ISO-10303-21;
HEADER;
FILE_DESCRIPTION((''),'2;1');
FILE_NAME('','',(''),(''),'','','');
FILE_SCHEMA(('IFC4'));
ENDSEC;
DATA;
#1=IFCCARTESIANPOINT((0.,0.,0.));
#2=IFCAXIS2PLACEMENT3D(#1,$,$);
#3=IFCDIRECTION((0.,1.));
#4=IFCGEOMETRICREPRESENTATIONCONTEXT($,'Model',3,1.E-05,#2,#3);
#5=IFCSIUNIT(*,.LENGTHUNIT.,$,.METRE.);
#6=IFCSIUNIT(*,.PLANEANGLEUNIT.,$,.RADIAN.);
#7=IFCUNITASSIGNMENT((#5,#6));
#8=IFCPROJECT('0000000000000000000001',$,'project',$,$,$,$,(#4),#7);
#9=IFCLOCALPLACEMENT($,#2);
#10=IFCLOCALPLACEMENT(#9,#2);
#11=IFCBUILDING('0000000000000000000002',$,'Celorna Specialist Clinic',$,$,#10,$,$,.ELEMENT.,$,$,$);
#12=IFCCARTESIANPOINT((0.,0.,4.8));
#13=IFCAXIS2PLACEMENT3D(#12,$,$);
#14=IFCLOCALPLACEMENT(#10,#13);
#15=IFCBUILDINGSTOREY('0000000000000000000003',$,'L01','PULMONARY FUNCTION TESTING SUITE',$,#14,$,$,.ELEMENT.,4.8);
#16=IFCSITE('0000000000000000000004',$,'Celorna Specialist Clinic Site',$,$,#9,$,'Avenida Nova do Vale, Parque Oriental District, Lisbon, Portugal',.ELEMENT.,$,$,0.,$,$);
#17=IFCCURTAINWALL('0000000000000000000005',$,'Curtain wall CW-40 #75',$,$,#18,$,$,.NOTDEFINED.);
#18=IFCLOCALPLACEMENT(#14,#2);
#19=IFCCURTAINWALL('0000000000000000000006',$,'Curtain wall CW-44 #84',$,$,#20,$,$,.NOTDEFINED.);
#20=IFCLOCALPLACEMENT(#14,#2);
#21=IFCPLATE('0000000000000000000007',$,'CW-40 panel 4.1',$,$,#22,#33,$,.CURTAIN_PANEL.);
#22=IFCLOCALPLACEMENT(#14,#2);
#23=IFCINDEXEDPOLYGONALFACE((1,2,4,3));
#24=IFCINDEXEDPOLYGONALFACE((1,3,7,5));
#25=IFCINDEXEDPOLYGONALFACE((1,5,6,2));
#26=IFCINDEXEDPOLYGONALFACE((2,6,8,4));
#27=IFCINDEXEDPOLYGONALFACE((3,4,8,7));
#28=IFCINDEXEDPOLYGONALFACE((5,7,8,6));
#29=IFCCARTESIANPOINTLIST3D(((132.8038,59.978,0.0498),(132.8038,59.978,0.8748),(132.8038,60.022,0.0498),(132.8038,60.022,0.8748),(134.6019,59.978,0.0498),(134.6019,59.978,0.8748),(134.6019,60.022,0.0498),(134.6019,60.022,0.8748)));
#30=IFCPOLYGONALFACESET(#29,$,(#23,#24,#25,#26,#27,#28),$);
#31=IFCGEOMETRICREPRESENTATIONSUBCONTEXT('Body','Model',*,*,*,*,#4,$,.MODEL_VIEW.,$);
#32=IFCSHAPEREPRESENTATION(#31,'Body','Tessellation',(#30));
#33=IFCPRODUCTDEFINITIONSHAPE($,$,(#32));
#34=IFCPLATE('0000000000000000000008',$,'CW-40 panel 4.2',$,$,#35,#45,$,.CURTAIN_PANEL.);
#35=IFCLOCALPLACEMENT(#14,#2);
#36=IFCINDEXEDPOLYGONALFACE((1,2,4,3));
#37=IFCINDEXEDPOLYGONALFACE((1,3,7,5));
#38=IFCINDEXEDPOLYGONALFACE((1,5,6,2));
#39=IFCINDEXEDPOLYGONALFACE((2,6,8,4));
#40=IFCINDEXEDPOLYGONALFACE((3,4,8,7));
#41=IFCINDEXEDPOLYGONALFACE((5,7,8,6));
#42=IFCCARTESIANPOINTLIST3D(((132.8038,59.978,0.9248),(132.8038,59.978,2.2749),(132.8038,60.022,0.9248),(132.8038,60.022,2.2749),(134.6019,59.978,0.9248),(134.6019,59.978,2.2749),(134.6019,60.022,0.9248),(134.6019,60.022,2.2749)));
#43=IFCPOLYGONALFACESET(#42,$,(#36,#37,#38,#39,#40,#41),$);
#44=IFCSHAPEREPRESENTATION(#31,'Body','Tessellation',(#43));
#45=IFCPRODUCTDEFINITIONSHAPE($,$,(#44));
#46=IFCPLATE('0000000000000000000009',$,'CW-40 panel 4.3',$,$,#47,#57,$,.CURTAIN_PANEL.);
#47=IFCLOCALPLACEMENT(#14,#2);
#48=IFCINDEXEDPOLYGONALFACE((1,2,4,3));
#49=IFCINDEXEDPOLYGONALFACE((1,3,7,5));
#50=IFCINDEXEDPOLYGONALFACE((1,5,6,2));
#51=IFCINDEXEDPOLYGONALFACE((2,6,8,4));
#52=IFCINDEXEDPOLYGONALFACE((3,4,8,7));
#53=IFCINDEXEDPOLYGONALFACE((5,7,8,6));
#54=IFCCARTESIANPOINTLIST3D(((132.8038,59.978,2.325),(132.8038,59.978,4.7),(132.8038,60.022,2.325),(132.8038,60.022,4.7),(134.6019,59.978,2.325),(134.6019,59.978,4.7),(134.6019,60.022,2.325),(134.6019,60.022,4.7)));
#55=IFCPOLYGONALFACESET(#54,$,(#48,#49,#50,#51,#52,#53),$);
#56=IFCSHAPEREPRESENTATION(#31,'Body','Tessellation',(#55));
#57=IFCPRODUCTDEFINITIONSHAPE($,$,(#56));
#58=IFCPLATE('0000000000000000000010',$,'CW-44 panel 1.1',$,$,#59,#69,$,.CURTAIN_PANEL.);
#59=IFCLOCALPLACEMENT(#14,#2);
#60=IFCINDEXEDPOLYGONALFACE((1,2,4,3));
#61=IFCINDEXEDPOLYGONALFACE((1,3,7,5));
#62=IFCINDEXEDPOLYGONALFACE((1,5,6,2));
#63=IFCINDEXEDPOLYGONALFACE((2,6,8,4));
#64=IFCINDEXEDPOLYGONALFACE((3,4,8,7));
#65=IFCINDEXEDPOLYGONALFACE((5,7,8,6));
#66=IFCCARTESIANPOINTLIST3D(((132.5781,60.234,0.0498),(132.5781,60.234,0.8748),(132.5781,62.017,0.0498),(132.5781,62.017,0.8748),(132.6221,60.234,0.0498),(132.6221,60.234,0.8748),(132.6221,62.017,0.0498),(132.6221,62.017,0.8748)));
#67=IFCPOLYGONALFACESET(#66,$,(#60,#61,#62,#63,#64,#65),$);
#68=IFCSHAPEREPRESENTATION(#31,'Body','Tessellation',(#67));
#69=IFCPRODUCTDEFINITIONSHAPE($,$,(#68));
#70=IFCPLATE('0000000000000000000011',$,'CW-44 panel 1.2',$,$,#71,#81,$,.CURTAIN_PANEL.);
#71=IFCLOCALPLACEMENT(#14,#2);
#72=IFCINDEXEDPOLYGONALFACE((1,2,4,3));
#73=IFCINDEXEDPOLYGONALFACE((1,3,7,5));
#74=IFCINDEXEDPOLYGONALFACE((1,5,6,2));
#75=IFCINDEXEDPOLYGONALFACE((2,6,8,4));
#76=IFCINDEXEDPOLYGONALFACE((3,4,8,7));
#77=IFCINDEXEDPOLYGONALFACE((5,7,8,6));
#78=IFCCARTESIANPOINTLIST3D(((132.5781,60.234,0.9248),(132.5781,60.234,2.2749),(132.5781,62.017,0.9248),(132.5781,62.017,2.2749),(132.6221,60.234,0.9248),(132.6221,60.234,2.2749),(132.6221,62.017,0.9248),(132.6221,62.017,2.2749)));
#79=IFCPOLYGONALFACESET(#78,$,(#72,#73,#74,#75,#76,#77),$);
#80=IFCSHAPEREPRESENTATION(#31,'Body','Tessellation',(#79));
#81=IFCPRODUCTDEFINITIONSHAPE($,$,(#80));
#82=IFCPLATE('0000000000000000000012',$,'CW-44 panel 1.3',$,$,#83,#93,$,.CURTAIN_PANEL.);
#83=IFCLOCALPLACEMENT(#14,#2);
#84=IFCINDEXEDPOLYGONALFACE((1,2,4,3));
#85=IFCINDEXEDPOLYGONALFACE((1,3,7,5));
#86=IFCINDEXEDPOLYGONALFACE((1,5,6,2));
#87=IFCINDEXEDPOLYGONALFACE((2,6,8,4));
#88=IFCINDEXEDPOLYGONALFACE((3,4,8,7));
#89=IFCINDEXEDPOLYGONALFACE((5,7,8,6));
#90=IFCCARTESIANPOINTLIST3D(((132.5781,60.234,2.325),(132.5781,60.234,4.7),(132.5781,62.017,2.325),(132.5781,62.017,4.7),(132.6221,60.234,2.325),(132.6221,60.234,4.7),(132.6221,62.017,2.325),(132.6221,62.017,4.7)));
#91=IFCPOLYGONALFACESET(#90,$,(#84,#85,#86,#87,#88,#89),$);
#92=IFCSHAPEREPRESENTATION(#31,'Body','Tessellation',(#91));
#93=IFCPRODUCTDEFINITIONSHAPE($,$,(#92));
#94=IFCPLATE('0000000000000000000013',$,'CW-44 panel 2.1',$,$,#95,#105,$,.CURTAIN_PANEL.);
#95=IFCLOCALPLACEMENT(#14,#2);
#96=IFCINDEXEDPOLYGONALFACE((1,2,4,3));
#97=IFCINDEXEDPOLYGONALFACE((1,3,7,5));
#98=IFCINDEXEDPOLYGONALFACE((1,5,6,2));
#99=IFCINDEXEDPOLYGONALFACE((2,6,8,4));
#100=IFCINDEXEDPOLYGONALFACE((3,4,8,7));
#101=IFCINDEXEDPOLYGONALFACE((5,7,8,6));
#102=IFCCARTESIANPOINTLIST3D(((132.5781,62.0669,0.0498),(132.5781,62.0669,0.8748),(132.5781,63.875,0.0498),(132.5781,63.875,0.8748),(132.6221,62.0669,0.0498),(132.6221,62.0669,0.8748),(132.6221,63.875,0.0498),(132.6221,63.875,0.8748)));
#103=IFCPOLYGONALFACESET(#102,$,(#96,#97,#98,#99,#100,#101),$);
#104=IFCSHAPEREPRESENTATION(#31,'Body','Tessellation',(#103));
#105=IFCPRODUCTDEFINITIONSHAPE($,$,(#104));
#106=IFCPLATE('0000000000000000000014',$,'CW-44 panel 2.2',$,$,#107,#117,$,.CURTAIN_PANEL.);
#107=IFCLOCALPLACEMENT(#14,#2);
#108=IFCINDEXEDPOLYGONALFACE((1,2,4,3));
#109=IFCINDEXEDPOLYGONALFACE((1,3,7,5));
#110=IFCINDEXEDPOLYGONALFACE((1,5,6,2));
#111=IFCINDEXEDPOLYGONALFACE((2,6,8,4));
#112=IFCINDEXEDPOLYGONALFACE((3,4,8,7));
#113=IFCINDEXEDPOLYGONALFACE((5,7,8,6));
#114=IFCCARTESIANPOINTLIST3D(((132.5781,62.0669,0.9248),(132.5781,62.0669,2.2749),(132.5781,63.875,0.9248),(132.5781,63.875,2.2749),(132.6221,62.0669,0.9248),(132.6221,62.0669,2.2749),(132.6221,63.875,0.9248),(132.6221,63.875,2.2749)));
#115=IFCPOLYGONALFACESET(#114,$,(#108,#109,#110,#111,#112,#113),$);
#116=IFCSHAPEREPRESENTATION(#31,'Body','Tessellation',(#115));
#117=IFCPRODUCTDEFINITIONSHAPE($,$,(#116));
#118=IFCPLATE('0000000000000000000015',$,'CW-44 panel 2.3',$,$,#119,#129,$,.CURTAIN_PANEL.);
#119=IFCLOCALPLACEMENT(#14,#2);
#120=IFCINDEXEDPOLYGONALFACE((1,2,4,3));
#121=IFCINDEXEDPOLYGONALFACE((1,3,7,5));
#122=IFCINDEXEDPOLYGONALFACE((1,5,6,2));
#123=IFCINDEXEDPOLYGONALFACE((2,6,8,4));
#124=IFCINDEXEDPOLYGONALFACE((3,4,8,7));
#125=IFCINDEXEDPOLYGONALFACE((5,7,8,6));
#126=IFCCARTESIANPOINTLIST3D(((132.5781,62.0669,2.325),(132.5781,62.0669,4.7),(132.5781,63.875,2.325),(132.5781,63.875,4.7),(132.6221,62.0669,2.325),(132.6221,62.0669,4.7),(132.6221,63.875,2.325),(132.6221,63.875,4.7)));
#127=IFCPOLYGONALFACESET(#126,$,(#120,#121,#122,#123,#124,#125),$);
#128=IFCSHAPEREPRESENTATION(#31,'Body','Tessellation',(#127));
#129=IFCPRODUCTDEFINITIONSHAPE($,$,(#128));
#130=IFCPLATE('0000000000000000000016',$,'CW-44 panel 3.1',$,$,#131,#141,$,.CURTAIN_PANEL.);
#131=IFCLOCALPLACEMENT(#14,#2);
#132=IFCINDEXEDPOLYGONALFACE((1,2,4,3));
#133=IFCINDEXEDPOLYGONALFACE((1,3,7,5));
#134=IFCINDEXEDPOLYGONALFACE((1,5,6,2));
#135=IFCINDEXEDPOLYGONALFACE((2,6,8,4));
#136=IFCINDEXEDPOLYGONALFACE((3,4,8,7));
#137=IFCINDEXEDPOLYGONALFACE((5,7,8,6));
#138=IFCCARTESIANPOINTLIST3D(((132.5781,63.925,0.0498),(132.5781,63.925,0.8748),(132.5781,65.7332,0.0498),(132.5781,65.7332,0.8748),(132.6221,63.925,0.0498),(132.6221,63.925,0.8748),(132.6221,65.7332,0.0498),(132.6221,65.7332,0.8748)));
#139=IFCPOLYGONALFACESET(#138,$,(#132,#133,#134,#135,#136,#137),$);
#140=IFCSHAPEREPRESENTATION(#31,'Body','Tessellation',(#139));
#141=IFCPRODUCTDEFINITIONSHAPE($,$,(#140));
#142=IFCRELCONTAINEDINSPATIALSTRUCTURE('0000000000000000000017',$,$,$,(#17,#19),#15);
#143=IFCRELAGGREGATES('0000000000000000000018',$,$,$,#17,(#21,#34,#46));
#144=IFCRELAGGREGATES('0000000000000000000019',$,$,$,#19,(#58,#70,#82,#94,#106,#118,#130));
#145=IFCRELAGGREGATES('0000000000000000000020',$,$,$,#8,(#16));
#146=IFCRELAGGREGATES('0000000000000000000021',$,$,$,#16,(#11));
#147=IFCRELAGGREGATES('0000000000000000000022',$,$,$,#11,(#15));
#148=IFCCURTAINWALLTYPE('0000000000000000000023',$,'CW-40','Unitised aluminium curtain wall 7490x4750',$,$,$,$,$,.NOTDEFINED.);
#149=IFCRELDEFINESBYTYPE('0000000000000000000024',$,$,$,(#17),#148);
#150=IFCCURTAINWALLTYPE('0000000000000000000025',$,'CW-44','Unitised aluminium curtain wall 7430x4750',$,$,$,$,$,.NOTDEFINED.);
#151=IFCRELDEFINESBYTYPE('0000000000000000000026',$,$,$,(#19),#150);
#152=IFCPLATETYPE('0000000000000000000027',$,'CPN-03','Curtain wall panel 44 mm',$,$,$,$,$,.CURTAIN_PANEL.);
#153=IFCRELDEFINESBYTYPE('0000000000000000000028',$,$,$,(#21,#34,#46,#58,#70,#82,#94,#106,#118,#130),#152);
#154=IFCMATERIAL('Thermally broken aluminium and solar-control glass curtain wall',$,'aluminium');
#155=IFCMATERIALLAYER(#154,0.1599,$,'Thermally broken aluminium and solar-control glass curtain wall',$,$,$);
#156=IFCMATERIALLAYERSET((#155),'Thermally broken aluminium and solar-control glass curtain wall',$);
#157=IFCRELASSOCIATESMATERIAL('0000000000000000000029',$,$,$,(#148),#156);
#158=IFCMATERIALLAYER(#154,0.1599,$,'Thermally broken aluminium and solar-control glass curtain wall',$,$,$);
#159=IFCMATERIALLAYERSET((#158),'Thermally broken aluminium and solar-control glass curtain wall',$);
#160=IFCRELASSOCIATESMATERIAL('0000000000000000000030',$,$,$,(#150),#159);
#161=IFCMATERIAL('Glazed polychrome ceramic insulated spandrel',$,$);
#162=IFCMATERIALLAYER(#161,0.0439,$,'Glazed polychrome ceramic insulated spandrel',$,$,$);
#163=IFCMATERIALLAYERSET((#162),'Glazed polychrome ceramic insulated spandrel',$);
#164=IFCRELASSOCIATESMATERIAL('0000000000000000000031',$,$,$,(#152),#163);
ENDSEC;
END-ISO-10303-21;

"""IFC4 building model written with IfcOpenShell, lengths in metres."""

from ifc_helpers import new_model, si_unit, direction, frame, origin, origin_2d, place, context, subcontext, project, spatial, rectangle, extrude, material, layer, layer_set, type_object, element, aggregate, save


model = new_model("IFC4")

# Units and contexts
model_context = context("Model", 3, precision=1e-05, world=origin(), true_north=direction((0.0, 1.0)))
body_context = subcontext(model_context, "Body", "Model", "MODEL_VIEW")
ifc_project = project(units=[si_unit("LENGTHUNIT", "METRE"), si_unit("PLANEANGLEUNIT", "RADIAN")], contexts=[model_context])

# Site, building, storey
site_placement = place(None, origin())
site = spatial("IfcSite", under=ifc_project, at=site_placement, Name="Celorna Specialist Clinic Site", LongName="Avenida Nova do Vale, Parque Oriental District, Lisbon, Portugal", CompositionType="ELEMENT", RefElevation=0.0)
building_placement = place(site_placement, origin())
building = spatial("IfcBuilding", under=site, at=building_placement, Name="Celorna Specialist Clinic", CompositionType="ELEMENT")
storey_placement = place(building_placement, frame((0.0, 0.0, 4.8)))
storey = spatial("IfcBuildingStorey", under=building, at=storey_placement, Name="L01", Description="PULMONARY FUNCTION TESTING SUITE", CompositionType="ELEMENT", Elevation=4.8)

# Curtain walls
ifc_material_1 = material(Name="Thermally broken aluminium and solar-control glass curtain wall", Category="aluminium")
ifc_layer_1 = layer(ifc_material_1, 0.1599, Name="Thermally broken aluminium and solar-control glass curtain wall")
ifc_layer_set_1 = layer_set([ifc_layer_1], Name="Thermally broken aluminium and solar-control glass curtain wall")
curtain_wall_type_1 = type_object("IfcCurtainWallType", Name="CW-40", Description="Unitised aluminium curtain wall 7490x4750", PredefinedType="NOTDEFINED", material=ifc_layer_set_1)
curtain_wall_1_placement = place(storey_placement, origin())
curtain_wall_1 = element("IfcCurtainWall", 1, at=curtain_wall_1_placement, inside=storey, type_object=curtain_wall_type_1, Name="Curtain wall CW-40 #75", PredefinedType="NOTDEFINED")
ifc_layer_2 = layer(ifc_material_1, 0.1599, Name="Thermally broken aluminium and solar-control glass curtain wall")
ifc_layer_set_2 = layer_set([ifc_layer_2], Name="Thermally broken aluminium and solar-control glass curtain wall")
curtain_wall_type_2 = type_object("IfcCurtainWallType", Name="CW-44", Description="Unitised aluminium curtain wall 7430x4750", PredefinedType="NOTDEFINED", material=ifc_layer_set_2)
curtain_wall_2_placement = place(storey_placement, origin())
curtain_wall_2 = element("IfcCurtainWall", 2, at=curtain_wall_2_placement, inside=storey, type_object=curtain_wall_type_2, Name="Curtain wall CW-44 #84", PredefinedType="NOTDEFINED")

# Plates
ifc_material_2 = material(Name="Glazed polychrome ceramic insulated spandrel")
ifc_layer_3 = layer(ifc_material_2, 0.0439, Name="Glazed polychrome ceramic insulated spandrel")
ifc_layer_set_3 = layer_set([ifc_layer_3], Name="Glazed polychrome ceramic insulated spandrel")
plate_type = type_object("IfcPlateType", Name="CPN-03", Description="Curtain wall panel 44 mm", PredefinedType="CURTAIN_PANEL", material=ifc_layer_set_3)
plate_1_placement = place(storey_placement, frame((133.7029, 60.0, 0.0498), z_axis=(0.0, 0.0, 1.0), x_axis=(-1.0, 0.0, 0.0)))
plate_1 = element("IfcPlate", 3, at=plate_1_placement, type_object=plate_type, Name="CW-40 panel 4.1", PredefinedType="CURTAIN_PANEL", context=body_context, shape_type="SweptSolid", body=[
    extrude(rectangle(XDim=1.7981, YDim=0.0439, at=origin_2d()), origin(), (0.0, 0.0, 1.0), 0.825),
])
plate_2_placement = place(storey_placement, frame((133.7029, 60.0, 0.9248), z_axis=(0.0, 0.0, 1.0), x_axis=(-1.0, 0.0, 0.0)))
plate_2 = element("IfcPlate", 4, at=plate_2_placement, type_object=plate_type, Name="CW-40 panel 4.2", PredefinedType="CURTAIN_PANEL", context=body_context, shape_type="SweptSolid", body=[
    extrude(rectangle(XDim=1.7981, YDim=0.0439, at=origin_2d()), origin(), (0.0, 0.0, 1.0), 1.3501),
])
plate_3_placement = place(storey_placement, frame((133.7029, 60.0, 2.325), z_axis=(0.0, 0.0, 1.0), x_axis=(-1.0, 0.0, 0.0)))
plate_3 = element("IfcPlate", 5, at=plate_3_placement, type_object=plate_type, Name="CW-40 panel 4.3", PredefinedType="CURTAIN_PANEL", context=body_context, shape_type="SweptSolid", body=[
    extrude(rectangle(XDim=1.7981, YDim=0.0439, at=origin_2d()), origin(), (0.0, 0.0, 1.0), 2.375),
])
aggregate(curtain_wall_1, [plate_1, plate_2, plate_3])
plate_4_placement = place(storey_placement, frame((132.6001, 61.1255, 0.0498), z_axis=(0.0, 0.0, 1.0), x_axis=(0.0, 1.0, 0.0)))
plate_4 = element("IfcPlate", 6, at=plate_4_placement, type_object=plate_type, Name="CW-44 panel 1.1", PredefinedType="CURTAIN_PANEL", context=body_context, shape_type="SweptSolid", body=[
    extrude(rectangle(XDim=1.783, YDim=0.0439, at=origin_2d()), origin(), (0.0, 0.0, 1.0), 0.825),
])
plate_5_placement = place(storey_placement, frame((132.6001, 61.1255, 0.9248), z_axis=(0.0, 0.0, 1.0), x_axis=(0.0, 1.0, 0.0)))
plate_5 = element("IfcPlate", 7, at=plate_5_placement, type_object=plate_type, Name="CW-44 panel 1.2", PredefinedType="CURTAIN_PANEL", context=body_context, shape_type="SweptSolid", body=[
    extrude(rectangle(XDim=1.783, YDim=0.0439, at=origin_2d()), origin(), (0.0, 0.0, 1.0), 1.3501),
])
plate_6_placement = place(storey_placement, frame((132.6001, 61.1255, 2.325), z_axis=(0.0, 0.0, 1.0), x_axis=(0.0, 1.0, 0.0)))
plate_6 = element("IfcPlate", 8, at=plate_6_placement, type_object=plate_type, Name="CW-44 panel 1.3", PredefinedType="CURTAIN_PANEL", context=body_context, shape_type="SweptSolid", body=[
    extrude(rectangle(XDim=1.783, YDim=0.0439, at=origin_2d()), origin(), (0.0, 0.0, 1.0), 2.375),
])
plate_7_placement = place(storey_placement, frame((132.6001, 62.9709, 0.0498), z_axis=(0.0, 0.0, 1.0), x_axis=(0.0, 1.0, 0.0)))
plate_7 = element("IfcPlate", 9, at=plate_7_placement, type_object=plate_type, Name="CW-44 panel 2.1", PredefinedType="CURTAIN_PANEL", context=body_context, shape_type="SweptSolid", body=[
    extrude(rectangle(XDim=1.8081, YDim=0.0439, at=origin_2d()), origin(), (0.0, 0.0, 1.0), 0.825),
])
plate_8_placement = place(storey_placement, frame((132.6001, 62.9709, 0.9248), z_axis=(0.0, 0.0, 1.0), x_axis=(0.0, 1.0, 0.0)))
plate_8 = element("IfcPlate", 10, at=plate_8_placement, type_object=plate_type, Name="CW-44 panel 2.2", PredefinedType="CURTAIN_PANEL", context=body_context, shape_type="SweptSolid", body=[
    extrude(rectangle(XDim=1.8081, YDim=0.0439, at=origin_2d()), origin(), (0.0, 0.0, 1.0), 1.3501),
])
plate_9_placement = place(storey_placement, frame((132.6001, 62.9709, 2.325), z_axis=(0.0, 0.0, 1.0), x_axis=(0.0, 1.0, 0.0)))
plate_9 = element("IfcPlate", 11, at=plate_9_placement, type_object=plate_type, Name="CW-44 panel 2.3", PredefinedType="CURTAIN_PANEL", context=body_context, shape_type="SweptSolid", body=[
    extrude(rectangle(XDim=1.8081, YDim=0.0439, at=origin_2d()), origin(), (0.0, 0.0, 1.0), 2.375),
])
plate_10_placement = place(storey_placement, frame((132.6001, 64.8291, 0.0498), z_axis=(0.0, 0.0, 1.0), x_axis=(0.0, 1.0, 0.0)))
plate_10 = element("IfcPlate", 12, at=plate_10_placement, type_object=plate_type, Name="CW-44 panel 3.1", PredefinedType="CURTAIN_PANEL", context=body_context, shape_type="SweptSolid", body=[
    extrude(rectangle(XDim=1.8081, YDim=0.0439, at=origin_2d()), origin(), (0.0, 0.0, 1.0), 0.825),
])
aggregate(curtain_wall_2, [plate_4, plate_5, plate_6, plate_7, plate_8, plate_9, plate_10])

save(model, "model.ifc")
